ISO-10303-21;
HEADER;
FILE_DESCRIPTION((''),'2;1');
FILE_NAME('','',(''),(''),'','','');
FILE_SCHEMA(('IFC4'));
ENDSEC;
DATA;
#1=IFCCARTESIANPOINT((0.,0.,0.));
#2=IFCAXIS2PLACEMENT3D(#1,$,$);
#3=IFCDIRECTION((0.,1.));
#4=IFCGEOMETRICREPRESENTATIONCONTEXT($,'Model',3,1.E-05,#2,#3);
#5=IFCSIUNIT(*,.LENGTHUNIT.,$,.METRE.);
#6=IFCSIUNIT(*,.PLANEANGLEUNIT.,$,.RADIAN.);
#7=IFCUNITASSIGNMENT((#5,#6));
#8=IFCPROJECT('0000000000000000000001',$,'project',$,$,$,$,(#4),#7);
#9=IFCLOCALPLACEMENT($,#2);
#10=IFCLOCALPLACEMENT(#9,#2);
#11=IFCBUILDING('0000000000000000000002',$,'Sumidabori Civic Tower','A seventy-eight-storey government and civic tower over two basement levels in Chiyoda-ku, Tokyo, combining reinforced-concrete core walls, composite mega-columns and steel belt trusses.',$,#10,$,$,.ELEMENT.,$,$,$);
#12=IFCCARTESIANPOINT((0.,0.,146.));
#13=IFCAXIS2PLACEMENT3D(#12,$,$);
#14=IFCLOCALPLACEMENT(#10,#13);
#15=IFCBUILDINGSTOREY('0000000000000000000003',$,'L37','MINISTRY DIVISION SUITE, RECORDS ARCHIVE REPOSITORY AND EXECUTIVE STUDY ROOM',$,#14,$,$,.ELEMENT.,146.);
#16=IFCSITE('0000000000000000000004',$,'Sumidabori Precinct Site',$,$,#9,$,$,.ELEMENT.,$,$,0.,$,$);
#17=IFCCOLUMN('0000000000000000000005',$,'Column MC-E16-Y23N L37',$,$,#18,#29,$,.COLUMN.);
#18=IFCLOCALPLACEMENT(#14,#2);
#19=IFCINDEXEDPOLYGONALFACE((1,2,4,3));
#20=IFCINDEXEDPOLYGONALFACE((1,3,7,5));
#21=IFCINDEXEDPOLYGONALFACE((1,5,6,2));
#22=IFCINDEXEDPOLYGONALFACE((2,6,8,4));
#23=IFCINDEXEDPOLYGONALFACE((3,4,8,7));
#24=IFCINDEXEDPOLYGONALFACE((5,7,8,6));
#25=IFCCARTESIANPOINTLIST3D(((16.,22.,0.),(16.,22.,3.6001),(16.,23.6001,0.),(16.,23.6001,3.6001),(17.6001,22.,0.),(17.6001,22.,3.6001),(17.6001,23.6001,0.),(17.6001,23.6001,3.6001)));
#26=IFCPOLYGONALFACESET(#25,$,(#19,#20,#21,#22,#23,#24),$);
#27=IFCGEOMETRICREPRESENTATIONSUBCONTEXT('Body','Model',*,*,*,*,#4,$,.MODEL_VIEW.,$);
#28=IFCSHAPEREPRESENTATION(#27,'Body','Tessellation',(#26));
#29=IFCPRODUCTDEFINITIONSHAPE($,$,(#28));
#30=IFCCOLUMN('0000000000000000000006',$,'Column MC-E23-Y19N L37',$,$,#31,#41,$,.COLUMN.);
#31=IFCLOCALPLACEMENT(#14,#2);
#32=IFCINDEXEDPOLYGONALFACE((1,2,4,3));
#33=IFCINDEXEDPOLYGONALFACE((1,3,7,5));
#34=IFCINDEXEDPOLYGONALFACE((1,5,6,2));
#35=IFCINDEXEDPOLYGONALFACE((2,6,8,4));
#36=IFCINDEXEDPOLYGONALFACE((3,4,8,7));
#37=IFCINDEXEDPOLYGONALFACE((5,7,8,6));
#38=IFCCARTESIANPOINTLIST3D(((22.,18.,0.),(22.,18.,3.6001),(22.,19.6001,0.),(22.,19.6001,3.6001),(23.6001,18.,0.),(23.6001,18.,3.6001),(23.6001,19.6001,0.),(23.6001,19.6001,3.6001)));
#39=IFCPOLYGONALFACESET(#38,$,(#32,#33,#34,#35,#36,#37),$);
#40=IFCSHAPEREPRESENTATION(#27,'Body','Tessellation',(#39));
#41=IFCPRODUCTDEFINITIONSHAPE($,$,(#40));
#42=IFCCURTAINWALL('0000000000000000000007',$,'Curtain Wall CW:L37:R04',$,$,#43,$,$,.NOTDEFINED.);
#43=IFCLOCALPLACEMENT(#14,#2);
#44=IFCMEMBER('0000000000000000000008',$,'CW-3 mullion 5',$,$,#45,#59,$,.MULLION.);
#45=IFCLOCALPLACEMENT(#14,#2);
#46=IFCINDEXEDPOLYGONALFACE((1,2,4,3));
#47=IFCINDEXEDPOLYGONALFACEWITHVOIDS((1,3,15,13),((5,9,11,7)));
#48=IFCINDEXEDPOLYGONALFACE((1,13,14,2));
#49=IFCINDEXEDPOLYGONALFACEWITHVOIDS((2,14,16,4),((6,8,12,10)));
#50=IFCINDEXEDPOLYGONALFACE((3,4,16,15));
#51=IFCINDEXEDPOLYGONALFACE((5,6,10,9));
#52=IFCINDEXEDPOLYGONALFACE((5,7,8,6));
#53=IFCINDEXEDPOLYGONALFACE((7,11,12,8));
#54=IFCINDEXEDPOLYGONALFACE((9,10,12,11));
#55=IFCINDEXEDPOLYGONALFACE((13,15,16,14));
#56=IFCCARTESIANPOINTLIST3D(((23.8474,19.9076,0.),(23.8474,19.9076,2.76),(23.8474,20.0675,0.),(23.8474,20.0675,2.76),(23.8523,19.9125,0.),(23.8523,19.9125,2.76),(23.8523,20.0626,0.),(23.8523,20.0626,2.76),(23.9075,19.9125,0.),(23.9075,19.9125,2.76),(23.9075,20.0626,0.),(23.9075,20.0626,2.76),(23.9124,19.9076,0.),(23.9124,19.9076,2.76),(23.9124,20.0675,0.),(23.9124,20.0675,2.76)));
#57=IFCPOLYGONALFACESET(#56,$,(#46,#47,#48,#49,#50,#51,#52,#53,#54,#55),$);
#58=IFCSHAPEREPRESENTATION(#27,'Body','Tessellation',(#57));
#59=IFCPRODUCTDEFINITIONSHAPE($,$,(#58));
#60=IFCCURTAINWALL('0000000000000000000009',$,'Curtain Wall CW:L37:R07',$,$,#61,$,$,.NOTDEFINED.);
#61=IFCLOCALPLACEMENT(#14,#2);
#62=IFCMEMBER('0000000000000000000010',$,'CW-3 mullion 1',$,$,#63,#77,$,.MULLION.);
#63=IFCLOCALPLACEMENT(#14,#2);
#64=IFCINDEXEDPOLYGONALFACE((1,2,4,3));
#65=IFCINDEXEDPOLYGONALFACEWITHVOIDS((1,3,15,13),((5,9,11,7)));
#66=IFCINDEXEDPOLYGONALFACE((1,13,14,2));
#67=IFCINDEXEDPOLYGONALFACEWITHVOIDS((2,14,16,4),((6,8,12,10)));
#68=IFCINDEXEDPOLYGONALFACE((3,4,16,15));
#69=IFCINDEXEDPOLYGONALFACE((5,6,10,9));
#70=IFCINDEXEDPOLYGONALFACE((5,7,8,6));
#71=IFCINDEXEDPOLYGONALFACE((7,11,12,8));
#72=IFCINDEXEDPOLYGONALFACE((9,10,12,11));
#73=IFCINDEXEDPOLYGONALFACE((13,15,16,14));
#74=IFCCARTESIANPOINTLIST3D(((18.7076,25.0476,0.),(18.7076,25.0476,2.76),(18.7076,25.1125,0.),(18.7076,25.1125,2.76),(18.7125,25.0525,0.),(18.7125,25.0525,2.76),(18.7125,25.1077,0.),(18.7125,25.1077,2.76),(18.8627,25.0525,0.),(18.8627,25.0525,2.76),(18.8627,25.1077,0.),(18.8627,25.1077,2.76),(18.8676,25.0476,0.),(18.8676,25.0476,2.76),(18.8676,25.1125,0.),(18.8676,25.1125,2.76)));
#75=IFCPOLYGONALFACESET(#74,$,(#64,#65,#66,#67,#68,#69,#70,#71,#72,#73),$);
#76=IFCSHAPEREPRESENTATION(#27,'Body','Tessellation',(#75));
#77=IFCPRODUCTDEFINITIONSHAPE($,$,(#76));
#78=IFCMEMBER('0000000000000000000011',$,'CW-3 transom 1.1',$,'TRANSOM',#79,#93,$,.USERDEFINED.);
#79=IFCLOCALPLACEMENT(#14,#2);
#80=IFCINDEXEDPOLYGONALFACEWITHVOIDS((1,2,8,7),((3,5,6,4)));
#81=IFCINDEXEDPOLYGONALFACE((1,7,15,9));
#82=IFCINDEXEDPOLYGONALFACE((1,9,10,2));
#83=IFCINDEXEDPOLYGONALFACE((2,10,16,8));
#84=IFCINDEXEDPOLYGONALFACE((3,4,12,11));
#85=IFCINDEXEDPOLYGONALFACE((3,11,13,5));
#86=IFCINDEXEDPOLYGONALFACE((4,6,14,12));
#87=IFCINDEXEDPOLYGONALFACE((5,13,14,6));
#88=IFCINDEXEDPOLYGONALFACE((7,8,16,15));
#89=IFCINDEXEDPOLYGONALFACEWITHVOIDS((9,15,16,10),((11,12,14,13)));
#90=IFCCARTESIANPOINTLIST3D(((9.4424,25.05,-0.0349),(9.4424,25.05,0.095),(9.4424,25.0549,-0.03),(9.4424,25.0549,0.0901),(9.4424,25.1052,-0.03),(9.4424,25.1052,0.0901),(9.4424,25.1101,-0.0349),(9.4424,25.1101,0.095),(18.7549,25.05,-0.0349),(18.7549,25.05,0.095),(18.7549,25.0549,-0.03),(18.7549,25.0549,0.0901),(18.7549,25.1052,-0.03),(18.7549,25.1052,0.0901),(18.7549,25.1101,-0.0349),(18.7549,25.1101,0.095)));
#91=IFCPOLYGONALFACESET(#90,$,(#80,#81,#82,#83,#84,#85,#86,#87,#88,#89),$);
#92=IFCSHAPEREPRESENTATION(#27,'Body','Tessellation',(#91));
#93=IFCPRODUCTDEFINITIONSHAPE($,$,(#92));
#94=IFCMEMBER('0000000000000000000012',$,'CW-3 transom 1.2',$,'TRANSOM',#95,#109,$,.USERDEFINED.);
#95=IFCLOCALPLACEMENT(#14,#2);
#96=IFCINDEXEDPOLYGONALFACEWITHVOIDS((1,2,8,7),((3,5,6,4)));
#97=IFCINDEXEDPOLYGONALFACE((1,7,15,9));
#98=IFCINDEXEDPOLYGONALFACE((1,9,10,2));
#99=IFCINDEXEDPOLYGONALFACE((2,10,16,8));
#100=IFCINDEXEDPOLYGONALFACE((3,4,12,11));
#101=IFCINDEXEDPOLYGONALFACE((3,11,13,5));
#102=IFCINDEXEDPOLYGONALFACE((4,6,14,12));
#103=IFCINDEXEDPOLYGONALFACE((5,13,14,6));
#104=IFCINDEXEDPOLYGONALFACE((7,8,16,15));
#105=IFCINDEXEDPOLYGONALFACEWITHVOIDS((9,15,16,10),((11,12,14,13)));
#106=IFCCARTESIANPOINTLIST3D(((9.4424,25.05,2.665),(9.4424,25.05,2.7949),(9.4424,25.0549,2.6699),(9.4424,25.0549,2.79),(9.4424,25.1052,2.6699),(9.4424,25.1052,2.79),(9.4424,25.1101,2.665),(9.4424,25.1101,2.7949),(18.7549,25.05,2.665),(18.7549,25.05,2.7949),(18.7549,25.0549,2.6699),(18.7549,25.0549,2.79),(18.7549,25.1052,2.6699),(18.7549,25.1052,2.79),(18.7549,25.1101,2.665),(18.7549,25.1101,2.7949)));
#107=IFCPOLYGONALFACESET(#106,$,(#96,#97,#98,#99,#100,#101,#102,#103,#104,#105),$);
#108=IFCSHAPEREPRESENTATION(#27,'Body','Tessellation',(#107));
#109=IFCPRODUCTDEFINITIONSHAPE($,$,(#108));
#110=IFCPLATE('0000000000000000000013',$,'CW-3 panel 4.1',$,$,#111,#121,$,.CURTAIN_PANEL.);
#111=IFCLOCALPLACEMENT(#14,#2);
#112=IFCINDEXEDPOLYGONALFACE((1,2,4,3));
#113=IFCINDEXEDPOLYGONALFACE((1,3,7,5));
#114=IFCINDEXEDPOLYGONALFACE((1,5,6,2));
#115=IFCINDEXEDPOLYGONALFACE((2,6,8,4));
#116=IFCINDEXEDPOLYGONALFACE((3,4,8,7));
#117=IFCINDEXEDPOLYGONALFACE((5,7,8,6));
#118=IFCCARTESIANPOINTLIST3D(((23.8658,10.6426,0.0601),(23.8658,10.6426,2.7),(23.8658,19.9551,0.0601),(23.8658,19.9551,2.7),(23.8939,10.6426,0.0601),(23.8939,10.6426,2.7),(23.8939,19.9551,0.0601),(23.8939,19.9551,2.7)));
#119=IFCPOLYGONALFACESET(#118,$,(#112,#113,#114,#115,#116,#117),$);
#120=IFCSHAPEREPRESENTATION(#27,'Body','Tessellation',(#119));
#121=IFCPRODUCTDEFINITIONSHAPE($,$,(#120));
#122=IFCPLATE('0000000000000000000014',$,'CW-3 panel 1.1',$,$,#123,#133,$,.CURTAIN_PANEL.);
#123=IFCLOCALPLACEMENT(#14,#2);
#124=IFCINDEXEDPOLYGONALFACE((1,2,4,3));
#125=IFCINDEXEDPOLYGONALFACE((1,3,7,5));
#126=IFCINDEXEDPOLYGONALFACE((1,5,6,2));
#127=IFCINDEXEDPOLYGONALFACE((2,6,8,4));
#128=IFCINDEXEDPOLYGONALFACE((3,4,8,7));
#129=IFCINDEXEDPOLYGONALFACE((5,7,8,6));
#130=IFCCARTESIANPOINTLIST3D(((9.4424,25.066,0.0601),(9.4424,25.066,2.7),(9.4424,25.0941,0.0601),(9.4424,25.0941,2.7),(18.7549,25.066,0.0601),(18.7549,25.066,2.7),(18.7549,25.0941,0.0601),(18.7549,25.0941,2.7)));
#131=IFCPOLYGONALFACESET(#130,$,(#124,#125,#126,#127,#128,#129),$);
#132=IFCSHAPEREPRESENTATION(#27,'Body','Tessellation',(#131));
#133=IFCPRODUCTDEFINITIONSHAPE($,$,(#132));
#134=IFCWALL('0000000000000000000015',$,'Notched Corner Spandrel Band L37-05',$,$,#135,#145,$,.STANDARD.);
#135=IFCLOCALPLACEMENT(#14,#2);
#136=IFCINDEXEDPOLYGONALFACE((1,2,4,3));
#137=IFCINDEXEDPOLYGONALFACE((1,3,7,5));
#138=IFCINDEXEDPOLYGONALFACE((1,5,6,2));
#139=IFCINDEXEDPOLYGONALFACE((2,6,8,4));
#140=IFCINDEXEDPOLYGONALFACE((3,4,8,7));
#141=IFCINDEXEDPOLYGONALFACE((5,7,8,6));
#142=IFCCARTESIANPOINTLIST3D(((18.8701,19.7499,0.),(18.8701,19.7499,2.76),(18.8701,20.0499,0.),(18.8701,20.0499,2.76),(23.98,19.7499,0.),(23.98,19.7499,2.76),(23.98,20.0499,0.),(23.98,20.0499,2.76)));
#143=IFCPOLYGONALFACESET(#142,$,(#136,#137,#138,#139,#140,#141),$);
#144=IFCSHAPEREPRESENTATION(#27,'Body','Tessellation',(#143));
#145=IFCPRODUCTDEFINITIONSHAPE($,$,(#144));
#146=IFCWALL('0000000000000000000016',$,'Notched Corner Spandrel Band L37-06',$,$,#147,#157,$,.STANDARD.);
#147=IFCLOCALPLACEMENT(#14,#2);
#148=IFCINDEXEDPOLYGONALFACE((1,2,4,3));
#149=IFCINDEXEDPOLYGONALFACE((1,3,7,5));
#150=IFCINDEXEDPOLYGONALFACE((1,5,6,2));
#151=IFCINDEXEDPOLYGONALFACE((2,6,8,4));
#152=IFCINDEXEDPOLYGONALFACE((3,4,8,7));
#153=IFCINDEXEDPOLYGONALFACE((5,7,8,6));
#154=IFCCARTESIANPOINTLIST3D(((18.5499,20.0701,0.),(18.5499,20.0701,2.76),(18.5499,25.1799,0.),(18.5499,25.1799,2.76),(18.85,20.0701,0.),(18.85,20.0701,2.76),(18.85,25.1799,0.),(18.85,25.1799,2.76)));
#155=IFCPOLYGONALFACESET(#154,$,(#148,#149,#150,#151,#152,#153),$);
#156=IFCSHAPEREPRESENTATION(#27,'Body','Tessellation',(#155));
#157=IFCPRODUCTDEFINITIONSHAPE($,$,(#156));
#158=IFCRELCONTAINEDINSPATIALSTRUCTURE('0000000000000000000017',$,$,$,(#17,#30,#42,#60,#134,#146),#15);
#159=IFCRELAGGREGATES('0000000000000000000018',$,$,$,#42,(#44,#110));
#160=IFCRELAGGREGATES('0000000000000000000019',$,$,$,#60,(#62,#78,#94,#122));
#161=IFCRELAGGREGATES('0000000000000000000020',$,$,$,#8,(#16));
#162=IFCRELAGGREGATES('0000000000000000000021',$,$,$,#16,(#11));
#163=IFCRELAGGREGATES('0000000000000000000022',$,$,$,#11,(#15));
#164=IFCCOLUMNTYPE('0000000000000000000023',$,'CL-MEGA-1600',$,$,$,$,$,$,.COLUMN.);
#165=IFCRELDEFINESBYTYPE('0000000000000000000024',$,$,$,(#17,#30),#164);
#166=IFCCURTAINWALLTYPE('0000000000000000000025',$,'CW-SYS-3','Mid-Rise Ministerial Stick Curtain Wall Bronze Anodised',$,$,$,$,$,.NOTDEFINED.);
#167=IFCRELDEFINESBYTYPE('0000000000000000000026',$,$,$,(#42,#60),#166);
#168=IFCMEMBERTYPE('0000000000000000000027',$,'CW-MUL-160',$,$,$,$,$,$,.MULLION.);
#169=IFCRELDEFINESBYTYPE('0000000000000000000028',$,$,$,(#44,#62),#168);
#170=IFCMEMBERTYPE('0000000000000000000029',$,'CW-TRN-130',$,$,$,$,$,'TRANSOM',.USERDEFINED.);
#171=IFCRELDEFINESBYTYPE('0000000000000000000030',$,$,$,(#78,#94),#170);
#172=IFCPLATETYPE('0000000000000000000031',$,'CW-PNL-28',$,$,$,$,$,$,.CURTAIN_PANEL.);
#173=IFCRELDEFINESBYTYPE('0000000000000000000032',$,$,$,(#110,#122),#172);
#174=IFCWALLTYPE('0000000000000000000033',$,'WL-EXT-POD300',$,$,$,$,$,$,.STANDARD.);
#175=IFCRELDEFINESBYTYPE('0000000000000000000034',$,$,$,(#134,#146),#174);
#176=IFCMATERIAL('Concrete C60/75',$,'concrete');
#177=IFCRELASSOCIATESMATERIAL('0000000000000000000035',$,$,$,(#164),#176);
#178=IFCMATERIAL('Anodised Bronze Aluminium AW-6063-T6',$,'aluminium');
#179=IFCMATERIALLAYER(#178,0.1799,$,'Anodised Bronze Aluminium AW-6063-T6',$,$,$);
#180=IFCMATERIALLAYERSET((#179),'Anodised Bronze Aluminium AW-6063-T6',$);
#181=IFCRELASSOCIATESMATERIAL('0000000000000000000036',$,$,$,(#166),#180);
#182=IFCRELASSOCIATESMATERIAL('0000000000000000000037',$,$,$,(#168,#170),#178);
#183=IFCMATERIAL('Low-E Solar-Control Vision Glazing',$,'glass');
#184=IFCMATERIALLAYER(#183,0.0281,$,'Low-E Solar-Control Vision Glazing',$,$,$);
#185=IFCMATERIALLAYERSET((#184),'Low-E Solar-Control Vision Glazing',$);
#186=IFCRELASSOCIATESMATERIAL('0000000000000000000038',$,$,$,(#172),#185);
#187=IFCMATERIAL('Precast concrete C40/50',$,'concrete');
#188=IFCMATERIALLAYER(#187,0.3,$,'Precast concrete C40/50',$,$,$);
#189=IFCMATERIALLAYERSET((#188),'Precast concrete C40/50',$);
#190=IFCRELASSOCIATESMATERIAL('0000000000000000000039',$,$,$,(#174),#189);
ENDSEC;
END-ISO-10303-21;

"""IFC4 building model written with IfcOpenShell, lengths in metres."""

from ifc_helpers import new_model, si_unit, direction, frame, frame_2d, origin, origin_2d, place, context, subcontext, project, spatial, rectangle, hollow_rectangle, extrude, source, transform, mapped, material, layer, layer_set, material_profile, profile_set, type_object, element, aggregate, save


model = new_model("IFC4")

# Units and contexts
model_context = context("Model", 3, precision=1e-05, world=origin(), true_north=direction((0.0, 1.0)))
body_context = subcontext(model_context, "Body", "Model", "MODEL_VIEW")
ifc_project = project(units=[si_unit("LENGTHUNIT", "METRE"), si_unit("PLANEANGLEUNIT", "RADIAN")], contexts=[model_context])

# Site, building, storey
site_placement = place(None, origin())
site = spatial("IfcSite", under=ifc_project, at=site_placement, Name="Sumidabori Precinct Site", CompositionType="ELEMENT", RefElevation=0.0)
building_placement = place(site_placement, origin())
building = spatial("IfcBuilding", under=site, at=building_placement, Name="Sumidabori Civic Tower", Description="A seventy-eight-storey government and civic tower over two basement levels in Chiyoda-ku, Tokyo, combining reinforced-concrete core walls, composite mega-columns and steel belt trusses.", CompositionType="ELEMENT")
storey_placement = place(building_placement, frame((0.0, 0.0, 146.0)))
storey = spatial("IfcBuildingStorey", under=building, at=storey_placement, Name="L37", Description="MINISTRY DIVISION SUITE, RECORDS ARCHIVE REPOSITORY AND EXECUTIVE STUDY ROOM", CompositionType="ELEMENT", Elevation=146.0)

# Columns
ifc_material_1 = material(Name="Concrete C60/75", Category="concrete")
ifc_material_profile_1 = material_profile(ifc_material_1, rectangle(XDim=1.6001, YDim=1.6001, at=origin_2d()), Name="RC 1600x1600")
ifc_profile_set_1 = profile_set([ifc_material_profile_1], Name="Concrete C60/75")
column_type = type_object("IfcColumnType", Name="CL-MEGA-1600", PredefinedType="COLUMN", material=ifc_profile_set_1)
shared_shape_1 = source(origin(), body_context, "Body", "SweptSolid", [
    extrude(rectangle(XDim=1.6001, YDim=1.6001, at=origin_2d()), origin(), (0.0, 0.0, 1.0), 3.6001),
])
for number, where, z_axis, x_axis, name in (
    (1, (16.8, 22.8, 0.0), (0.0, 0.0, 1.0), (1.0, 0.0, 0.0), "Column MC-E16-Y23N L37"),
    (2, (22.8, 18.8, 0.0), (0.0, 0.0, 1.0), (1.0, 0.0, 0.0), "Column MC-E23-Y19N L37"),
):
    element("IfcColumn", number, at=place(storey_placement, frame(where, z_axis=z_axis, x_axis=x_axis)), inside=storey, type_object=column_type, Name=name, PredefinedType="COLUMN", context=body_context, shape_type="MappedRepresentation", body=[
        mapped(shared_shape_1, transform((0.0, 0.0, 0.0), x_axis=(1.0, 0.0, 0.0), y_axis=(0.0, 1.0, 0.0), z_axis=(0.0, 0.0, 1.0), scale=1.0)),
    ])

# Curtain wall, member
ifc_material_2 = material(Name="Anodised Bronze Aluminium AW-6063-T6", Category="aluminium")
ifc_layer_1 = layer(ifc_material_2, 0.1799, Name="Anodised Bronze Aluminium AW-6063-T6")
ifc_layer_set_1 = layer_set([ifc_layer_1], Name="Anodised Bronze Aluminium AW-6063-T6")
curtain_wall_type = type_object("IfcCurtainWallType", Name="CW-SYS-3", Description="Mid-Rise Ministerial Stick Curtain Wall Bronze Anodised", PredefinedType="NOTDEFINED", material=ifc_layer_set_1)
curtain_wall_1_placement = place(storey_placement, origin())
curtain_wall_1 = element("IfcCurtainWall", 3, at=curtain_wall_1_placement, inside=storey, type_object=curtain_wall_type, Name="Curtain Wall CW:L37:R04", PredefinedType="NOTDEFINED")
ifc_material_profile_2 = material_profile(ifc_material_2, hollow_rectangle(XDim=0.0649, YDim=0.1599, WallThickness=0.0049, at=origin_2d()), Name="ALU MULLION 160x65")
ifc_profile_set_2 = profile_set([ifc_material_profile_2], Name="Anodised Bronze Aluminium AW-6063-T6")
member_type_1 = type_object("IfcMemberType", Name="CW-MUL-160", PredefinedType="MULLION", material=ifc_profile_set_2)
shared_shape_2 = source(origin(), body_context, "Body", "SweptSolid", [
    extrude(hollow_rectangle(XDim=0.0649, YDim=0.1599, WallThickness=0.0049, at=origin_2d()), origin(), (0.0, 0.0, 1.0), 2.76),
])
member_1_placement = place(storey_placement, frame((23.8799, 19.9875, 0.0), z_axis=(0.0, 0.0, 1.0), x_axis=(-1.0, 0.0, 0.0)))
member_1 = element("IfcMember", 4, at=member_1_placement, type_object=member_type_1, Name="CW-3 mullion 5", PredefinedType="MULLION", context=body_context, shape_type="MappedRepresentation", body=[
    mapped(shared_shape_2, transform((0.0, 0.0, 0.0), x_axis=(1.0, 0.0, 0.0), y_axis=(0.0, 1.0, 0.0), z_axis=(0.0, 0.0, 1.0), scale=1.0)),
])

# Curtain wall, members
curtain_wall_2_placement = place(storey_placement, origin())
curtain_wall_2 = element("IfcCurtainWall", 5, at=curtain_wall_2_placement, inside=storey, type_object=curtain_wall_type, Name="Curtain Wall CW:L37:R07", PredefinedType="NOTDEFINED")
member_2_placement = place(storey_placement, frame((18.7876, 25.0801, 0.0), z_axis=(0.0, 0.0, 1.0), x_axis=(0.0, -1.0, 0.0)))
member_2 = element("IfcMember", 6, at=member_2_placement, type_object=member_type_1, Name="CW-3 mullion 1", PredefinedType="MULLION", context=body_context, shape_type="MappedRepresentation", body=[
    mapped(shared_shape_2, transform((0.0, 0.0, 0.0), x_axis=(1.0, 0.0, 0.0), y_axis=(0.0, 1.0, 0.0), z_axis=(0.0, 0.0, 1.0), scale=1.0)),
])
ifc_material_profile_3 = material_profile(ifc_material_2, hollow_rectangle(XDim=0.0601, YDim=0.1299, WallThickness=0.0049, at=origin_2d()), Name="ALU TRANSOM 130x60")
ifc_profile_set_3 = profile_set([ifc_material_profile_3], Name="Anodised Bronze Aluminium AW-6063-T6")
member_type_2 = type_object("IfcMemberType", Name="CW-TRN-130", ElementType="TRANSOM", PredefinedType="USERDEFINED", material=ifc_profile_set_3)
shared_shape_3 = source(origin(), body_context, "Body", "SweptSolid", [
    extrude(hollow_rectangle(XDim=0.0601, YDim=0.1299, WallThickness=0.0049, at=origin_2d()), origin(), (0.0, 0.0, 1.0), 9.3125),
])
member_3_placement = place(storey_placement, frame((18.7549, 25.0801, 0.03), z_axis=(-1.0, 0.0, 0.0), x_axis=(0.0, -1.0, 0.0)))
member_3 = element("IfcMember", 7, at=member_3_placement, type_object=member_type_2, Name="CW-3 transom 1.1", ObjectType="TRANSOM", PredefinedType="USERDEFINED", context=body_context, shape_type="MappedRepresentation", body=[
    mapped(shared_shape_3, transform((0.0, 0.0, 0.0), x_axis=(1.0, 0.0, 0.0), y_axis=(0.0, 1.0, 0.0), z_axis=(0.0, 0.0, 1.0), scale=1.0)),
])
member_4_placement = place(storey_placement, frame((18.7549, 25.0801, 2.73), z_axis=(-1.0, 0.0, 0.0), x_axis=(0.0, -1.0, 0.0)))
member_4 = element("IfcMember", 8, at=member_4_placement, type_object=member_type_2, Name="CW-3 transom 1.2", ObjectType="TRANSOM", PredefinedType="USERDEFINED", context=body_context, shape_type="MappedRepresentation", body=[
    mapped(shared_shape_3, transform((0.0, 0.0, 0.0), x_axis=(1.0, 0.0, 0.0), y_axis=(0.0, 1.0, 0.0), z_axis=(0.0, 0.0, 1.0), scale=1.0)),
])

# Plates
ifc_material_3 = material(Name="Low-E Solar-Control Vision Glazing", Category="glass")
ifc_layer_2 = layer(ifc_material_3, 0.0281, Name="Low-E Solar-Control Vision Glazing")
ifc_layer_set_2 = layer_set([ifc_layer_2], Name="Low-E Solar-Control Vision Glazing")
plate_type = type_object("IfcPlateType", Name="CW-PNL-28", PredefinedType="CURTAIN_PANEL", material=ifc_layer_set_2)
shared_shape_4 = source(origin(), body_context, "Body", "SweptSolid", [
    extrude(rectangle(XDim=9.3125, YDim=0.0281, at=origin_2d()), origin(), (0.0, 0.0, 1.0), 2.6399),
])
plate_1_placement = place(storey_placement, frame((23.8799, 15.2988, 0.0601), z_axis=(0.0, 0.0, 1.0), x_axis=(0.0, 1.0, 0.0)))
plate_1 = element("IfcPlate", 9, at=plate_1_placement, type_object=plate_type, Name="CW-3 panel 4.1", PredefinedType="CURTAIN_PANEL", context=body_context, shape_type="MappedRepresentation", body=[
    mapped(shared_shape_4, transform((0.0, 0.0, 0.0), x_axis=(1.0, 0.0, 0.0), y_axis=(0.0, 1.0, 0.0), z_axis=(0.0, 0.0, 1.0), scale=1.0)),
])
aggregate(curtain_wall_1, [member_1, plate_1])
plate_2_placement = place(storey_placement, frame((14.0986, 25.0801, 0.0601), z_axis=(0.0, 0.0, 1.0), x_axis=(-1.0, 0.0, 0.0)))
plate_2 = element("IfcPlate", 10, at=plate_2_placement, type_object=plate_type, Name="CW-3 panel 1.1", PredefinedType="CURTAIN_PANEL", context=body_context, shape_type="MappedRepresentation", body=[
    mapped(shared_shape_4, transform((0.0, 0.0, 0.0), x_axis=(1.0, 0.0, 0.0), y_axis=(0.0, 1.0, 0.0), z_axis=(0.0, 0.0, 1.0), scale=1.0)),
])
aggregate(curtain_wall_2, [member_2, member_3, member_4, plate_2])

# Walls
ifc_material_4 = material(Name="Precast concrete C40/50", Category="concrete")
ifc_layer_3 = layer(ifc_material_4, 0.3, Name="Precast concrete C40/50")
ifc_layer_set_3 = layer_set([ifc_layer_3], Name="Precast concrete C40/50")
wall_type = type_object("IfcWallType", Name="WL-EXT-POD300", PredefinedType="STANDARD", material=ifc_layer_set_3)
shared_shape_5 = source(origin(), body_context, "Body", "SweptSolid", [
    extrude(rectangle(XDim=5.1099, YDim=0.3, at=frame_2d((2.5549, 0.0))), origin(), (0.0, 0.0, 1.0), 2.76),
])
for number, where, z_axis, x_axis, name in (
    (11, (23.98, 19.8999, 0.0), (0.0, 0.0, 1.0), (-1.0, 0.0, 0.0), "Notched Corner Spandrel Band L37-05"),
    (12, (18.7, 20.0701, 0.0), (0.0, 0.0, 1.0), (0.0, 1.0, 0.0), "Notched Corner Spandrel Band L37-06"),
):
    element("IfcWall", number, at=place(storey_placement, frame(where, z_axis=z_axis, x_axis=x_axis)), inside=storey, type_object=wall_type, Name=name, PredefinedType="STANDARD", context=body_context, shape_type="MappedRepresentation", body=[
        mapped(shared_shape_5, transform((0.0, 0.0, 0.0), x_axis=(1.0, 0.0, 0.0), y_axis=(0.0, 1.0, 0.0), z_axis=(0.0, 0.0, 1.0), scale=1.0)),
    ])

save(model, "model.ifc")
